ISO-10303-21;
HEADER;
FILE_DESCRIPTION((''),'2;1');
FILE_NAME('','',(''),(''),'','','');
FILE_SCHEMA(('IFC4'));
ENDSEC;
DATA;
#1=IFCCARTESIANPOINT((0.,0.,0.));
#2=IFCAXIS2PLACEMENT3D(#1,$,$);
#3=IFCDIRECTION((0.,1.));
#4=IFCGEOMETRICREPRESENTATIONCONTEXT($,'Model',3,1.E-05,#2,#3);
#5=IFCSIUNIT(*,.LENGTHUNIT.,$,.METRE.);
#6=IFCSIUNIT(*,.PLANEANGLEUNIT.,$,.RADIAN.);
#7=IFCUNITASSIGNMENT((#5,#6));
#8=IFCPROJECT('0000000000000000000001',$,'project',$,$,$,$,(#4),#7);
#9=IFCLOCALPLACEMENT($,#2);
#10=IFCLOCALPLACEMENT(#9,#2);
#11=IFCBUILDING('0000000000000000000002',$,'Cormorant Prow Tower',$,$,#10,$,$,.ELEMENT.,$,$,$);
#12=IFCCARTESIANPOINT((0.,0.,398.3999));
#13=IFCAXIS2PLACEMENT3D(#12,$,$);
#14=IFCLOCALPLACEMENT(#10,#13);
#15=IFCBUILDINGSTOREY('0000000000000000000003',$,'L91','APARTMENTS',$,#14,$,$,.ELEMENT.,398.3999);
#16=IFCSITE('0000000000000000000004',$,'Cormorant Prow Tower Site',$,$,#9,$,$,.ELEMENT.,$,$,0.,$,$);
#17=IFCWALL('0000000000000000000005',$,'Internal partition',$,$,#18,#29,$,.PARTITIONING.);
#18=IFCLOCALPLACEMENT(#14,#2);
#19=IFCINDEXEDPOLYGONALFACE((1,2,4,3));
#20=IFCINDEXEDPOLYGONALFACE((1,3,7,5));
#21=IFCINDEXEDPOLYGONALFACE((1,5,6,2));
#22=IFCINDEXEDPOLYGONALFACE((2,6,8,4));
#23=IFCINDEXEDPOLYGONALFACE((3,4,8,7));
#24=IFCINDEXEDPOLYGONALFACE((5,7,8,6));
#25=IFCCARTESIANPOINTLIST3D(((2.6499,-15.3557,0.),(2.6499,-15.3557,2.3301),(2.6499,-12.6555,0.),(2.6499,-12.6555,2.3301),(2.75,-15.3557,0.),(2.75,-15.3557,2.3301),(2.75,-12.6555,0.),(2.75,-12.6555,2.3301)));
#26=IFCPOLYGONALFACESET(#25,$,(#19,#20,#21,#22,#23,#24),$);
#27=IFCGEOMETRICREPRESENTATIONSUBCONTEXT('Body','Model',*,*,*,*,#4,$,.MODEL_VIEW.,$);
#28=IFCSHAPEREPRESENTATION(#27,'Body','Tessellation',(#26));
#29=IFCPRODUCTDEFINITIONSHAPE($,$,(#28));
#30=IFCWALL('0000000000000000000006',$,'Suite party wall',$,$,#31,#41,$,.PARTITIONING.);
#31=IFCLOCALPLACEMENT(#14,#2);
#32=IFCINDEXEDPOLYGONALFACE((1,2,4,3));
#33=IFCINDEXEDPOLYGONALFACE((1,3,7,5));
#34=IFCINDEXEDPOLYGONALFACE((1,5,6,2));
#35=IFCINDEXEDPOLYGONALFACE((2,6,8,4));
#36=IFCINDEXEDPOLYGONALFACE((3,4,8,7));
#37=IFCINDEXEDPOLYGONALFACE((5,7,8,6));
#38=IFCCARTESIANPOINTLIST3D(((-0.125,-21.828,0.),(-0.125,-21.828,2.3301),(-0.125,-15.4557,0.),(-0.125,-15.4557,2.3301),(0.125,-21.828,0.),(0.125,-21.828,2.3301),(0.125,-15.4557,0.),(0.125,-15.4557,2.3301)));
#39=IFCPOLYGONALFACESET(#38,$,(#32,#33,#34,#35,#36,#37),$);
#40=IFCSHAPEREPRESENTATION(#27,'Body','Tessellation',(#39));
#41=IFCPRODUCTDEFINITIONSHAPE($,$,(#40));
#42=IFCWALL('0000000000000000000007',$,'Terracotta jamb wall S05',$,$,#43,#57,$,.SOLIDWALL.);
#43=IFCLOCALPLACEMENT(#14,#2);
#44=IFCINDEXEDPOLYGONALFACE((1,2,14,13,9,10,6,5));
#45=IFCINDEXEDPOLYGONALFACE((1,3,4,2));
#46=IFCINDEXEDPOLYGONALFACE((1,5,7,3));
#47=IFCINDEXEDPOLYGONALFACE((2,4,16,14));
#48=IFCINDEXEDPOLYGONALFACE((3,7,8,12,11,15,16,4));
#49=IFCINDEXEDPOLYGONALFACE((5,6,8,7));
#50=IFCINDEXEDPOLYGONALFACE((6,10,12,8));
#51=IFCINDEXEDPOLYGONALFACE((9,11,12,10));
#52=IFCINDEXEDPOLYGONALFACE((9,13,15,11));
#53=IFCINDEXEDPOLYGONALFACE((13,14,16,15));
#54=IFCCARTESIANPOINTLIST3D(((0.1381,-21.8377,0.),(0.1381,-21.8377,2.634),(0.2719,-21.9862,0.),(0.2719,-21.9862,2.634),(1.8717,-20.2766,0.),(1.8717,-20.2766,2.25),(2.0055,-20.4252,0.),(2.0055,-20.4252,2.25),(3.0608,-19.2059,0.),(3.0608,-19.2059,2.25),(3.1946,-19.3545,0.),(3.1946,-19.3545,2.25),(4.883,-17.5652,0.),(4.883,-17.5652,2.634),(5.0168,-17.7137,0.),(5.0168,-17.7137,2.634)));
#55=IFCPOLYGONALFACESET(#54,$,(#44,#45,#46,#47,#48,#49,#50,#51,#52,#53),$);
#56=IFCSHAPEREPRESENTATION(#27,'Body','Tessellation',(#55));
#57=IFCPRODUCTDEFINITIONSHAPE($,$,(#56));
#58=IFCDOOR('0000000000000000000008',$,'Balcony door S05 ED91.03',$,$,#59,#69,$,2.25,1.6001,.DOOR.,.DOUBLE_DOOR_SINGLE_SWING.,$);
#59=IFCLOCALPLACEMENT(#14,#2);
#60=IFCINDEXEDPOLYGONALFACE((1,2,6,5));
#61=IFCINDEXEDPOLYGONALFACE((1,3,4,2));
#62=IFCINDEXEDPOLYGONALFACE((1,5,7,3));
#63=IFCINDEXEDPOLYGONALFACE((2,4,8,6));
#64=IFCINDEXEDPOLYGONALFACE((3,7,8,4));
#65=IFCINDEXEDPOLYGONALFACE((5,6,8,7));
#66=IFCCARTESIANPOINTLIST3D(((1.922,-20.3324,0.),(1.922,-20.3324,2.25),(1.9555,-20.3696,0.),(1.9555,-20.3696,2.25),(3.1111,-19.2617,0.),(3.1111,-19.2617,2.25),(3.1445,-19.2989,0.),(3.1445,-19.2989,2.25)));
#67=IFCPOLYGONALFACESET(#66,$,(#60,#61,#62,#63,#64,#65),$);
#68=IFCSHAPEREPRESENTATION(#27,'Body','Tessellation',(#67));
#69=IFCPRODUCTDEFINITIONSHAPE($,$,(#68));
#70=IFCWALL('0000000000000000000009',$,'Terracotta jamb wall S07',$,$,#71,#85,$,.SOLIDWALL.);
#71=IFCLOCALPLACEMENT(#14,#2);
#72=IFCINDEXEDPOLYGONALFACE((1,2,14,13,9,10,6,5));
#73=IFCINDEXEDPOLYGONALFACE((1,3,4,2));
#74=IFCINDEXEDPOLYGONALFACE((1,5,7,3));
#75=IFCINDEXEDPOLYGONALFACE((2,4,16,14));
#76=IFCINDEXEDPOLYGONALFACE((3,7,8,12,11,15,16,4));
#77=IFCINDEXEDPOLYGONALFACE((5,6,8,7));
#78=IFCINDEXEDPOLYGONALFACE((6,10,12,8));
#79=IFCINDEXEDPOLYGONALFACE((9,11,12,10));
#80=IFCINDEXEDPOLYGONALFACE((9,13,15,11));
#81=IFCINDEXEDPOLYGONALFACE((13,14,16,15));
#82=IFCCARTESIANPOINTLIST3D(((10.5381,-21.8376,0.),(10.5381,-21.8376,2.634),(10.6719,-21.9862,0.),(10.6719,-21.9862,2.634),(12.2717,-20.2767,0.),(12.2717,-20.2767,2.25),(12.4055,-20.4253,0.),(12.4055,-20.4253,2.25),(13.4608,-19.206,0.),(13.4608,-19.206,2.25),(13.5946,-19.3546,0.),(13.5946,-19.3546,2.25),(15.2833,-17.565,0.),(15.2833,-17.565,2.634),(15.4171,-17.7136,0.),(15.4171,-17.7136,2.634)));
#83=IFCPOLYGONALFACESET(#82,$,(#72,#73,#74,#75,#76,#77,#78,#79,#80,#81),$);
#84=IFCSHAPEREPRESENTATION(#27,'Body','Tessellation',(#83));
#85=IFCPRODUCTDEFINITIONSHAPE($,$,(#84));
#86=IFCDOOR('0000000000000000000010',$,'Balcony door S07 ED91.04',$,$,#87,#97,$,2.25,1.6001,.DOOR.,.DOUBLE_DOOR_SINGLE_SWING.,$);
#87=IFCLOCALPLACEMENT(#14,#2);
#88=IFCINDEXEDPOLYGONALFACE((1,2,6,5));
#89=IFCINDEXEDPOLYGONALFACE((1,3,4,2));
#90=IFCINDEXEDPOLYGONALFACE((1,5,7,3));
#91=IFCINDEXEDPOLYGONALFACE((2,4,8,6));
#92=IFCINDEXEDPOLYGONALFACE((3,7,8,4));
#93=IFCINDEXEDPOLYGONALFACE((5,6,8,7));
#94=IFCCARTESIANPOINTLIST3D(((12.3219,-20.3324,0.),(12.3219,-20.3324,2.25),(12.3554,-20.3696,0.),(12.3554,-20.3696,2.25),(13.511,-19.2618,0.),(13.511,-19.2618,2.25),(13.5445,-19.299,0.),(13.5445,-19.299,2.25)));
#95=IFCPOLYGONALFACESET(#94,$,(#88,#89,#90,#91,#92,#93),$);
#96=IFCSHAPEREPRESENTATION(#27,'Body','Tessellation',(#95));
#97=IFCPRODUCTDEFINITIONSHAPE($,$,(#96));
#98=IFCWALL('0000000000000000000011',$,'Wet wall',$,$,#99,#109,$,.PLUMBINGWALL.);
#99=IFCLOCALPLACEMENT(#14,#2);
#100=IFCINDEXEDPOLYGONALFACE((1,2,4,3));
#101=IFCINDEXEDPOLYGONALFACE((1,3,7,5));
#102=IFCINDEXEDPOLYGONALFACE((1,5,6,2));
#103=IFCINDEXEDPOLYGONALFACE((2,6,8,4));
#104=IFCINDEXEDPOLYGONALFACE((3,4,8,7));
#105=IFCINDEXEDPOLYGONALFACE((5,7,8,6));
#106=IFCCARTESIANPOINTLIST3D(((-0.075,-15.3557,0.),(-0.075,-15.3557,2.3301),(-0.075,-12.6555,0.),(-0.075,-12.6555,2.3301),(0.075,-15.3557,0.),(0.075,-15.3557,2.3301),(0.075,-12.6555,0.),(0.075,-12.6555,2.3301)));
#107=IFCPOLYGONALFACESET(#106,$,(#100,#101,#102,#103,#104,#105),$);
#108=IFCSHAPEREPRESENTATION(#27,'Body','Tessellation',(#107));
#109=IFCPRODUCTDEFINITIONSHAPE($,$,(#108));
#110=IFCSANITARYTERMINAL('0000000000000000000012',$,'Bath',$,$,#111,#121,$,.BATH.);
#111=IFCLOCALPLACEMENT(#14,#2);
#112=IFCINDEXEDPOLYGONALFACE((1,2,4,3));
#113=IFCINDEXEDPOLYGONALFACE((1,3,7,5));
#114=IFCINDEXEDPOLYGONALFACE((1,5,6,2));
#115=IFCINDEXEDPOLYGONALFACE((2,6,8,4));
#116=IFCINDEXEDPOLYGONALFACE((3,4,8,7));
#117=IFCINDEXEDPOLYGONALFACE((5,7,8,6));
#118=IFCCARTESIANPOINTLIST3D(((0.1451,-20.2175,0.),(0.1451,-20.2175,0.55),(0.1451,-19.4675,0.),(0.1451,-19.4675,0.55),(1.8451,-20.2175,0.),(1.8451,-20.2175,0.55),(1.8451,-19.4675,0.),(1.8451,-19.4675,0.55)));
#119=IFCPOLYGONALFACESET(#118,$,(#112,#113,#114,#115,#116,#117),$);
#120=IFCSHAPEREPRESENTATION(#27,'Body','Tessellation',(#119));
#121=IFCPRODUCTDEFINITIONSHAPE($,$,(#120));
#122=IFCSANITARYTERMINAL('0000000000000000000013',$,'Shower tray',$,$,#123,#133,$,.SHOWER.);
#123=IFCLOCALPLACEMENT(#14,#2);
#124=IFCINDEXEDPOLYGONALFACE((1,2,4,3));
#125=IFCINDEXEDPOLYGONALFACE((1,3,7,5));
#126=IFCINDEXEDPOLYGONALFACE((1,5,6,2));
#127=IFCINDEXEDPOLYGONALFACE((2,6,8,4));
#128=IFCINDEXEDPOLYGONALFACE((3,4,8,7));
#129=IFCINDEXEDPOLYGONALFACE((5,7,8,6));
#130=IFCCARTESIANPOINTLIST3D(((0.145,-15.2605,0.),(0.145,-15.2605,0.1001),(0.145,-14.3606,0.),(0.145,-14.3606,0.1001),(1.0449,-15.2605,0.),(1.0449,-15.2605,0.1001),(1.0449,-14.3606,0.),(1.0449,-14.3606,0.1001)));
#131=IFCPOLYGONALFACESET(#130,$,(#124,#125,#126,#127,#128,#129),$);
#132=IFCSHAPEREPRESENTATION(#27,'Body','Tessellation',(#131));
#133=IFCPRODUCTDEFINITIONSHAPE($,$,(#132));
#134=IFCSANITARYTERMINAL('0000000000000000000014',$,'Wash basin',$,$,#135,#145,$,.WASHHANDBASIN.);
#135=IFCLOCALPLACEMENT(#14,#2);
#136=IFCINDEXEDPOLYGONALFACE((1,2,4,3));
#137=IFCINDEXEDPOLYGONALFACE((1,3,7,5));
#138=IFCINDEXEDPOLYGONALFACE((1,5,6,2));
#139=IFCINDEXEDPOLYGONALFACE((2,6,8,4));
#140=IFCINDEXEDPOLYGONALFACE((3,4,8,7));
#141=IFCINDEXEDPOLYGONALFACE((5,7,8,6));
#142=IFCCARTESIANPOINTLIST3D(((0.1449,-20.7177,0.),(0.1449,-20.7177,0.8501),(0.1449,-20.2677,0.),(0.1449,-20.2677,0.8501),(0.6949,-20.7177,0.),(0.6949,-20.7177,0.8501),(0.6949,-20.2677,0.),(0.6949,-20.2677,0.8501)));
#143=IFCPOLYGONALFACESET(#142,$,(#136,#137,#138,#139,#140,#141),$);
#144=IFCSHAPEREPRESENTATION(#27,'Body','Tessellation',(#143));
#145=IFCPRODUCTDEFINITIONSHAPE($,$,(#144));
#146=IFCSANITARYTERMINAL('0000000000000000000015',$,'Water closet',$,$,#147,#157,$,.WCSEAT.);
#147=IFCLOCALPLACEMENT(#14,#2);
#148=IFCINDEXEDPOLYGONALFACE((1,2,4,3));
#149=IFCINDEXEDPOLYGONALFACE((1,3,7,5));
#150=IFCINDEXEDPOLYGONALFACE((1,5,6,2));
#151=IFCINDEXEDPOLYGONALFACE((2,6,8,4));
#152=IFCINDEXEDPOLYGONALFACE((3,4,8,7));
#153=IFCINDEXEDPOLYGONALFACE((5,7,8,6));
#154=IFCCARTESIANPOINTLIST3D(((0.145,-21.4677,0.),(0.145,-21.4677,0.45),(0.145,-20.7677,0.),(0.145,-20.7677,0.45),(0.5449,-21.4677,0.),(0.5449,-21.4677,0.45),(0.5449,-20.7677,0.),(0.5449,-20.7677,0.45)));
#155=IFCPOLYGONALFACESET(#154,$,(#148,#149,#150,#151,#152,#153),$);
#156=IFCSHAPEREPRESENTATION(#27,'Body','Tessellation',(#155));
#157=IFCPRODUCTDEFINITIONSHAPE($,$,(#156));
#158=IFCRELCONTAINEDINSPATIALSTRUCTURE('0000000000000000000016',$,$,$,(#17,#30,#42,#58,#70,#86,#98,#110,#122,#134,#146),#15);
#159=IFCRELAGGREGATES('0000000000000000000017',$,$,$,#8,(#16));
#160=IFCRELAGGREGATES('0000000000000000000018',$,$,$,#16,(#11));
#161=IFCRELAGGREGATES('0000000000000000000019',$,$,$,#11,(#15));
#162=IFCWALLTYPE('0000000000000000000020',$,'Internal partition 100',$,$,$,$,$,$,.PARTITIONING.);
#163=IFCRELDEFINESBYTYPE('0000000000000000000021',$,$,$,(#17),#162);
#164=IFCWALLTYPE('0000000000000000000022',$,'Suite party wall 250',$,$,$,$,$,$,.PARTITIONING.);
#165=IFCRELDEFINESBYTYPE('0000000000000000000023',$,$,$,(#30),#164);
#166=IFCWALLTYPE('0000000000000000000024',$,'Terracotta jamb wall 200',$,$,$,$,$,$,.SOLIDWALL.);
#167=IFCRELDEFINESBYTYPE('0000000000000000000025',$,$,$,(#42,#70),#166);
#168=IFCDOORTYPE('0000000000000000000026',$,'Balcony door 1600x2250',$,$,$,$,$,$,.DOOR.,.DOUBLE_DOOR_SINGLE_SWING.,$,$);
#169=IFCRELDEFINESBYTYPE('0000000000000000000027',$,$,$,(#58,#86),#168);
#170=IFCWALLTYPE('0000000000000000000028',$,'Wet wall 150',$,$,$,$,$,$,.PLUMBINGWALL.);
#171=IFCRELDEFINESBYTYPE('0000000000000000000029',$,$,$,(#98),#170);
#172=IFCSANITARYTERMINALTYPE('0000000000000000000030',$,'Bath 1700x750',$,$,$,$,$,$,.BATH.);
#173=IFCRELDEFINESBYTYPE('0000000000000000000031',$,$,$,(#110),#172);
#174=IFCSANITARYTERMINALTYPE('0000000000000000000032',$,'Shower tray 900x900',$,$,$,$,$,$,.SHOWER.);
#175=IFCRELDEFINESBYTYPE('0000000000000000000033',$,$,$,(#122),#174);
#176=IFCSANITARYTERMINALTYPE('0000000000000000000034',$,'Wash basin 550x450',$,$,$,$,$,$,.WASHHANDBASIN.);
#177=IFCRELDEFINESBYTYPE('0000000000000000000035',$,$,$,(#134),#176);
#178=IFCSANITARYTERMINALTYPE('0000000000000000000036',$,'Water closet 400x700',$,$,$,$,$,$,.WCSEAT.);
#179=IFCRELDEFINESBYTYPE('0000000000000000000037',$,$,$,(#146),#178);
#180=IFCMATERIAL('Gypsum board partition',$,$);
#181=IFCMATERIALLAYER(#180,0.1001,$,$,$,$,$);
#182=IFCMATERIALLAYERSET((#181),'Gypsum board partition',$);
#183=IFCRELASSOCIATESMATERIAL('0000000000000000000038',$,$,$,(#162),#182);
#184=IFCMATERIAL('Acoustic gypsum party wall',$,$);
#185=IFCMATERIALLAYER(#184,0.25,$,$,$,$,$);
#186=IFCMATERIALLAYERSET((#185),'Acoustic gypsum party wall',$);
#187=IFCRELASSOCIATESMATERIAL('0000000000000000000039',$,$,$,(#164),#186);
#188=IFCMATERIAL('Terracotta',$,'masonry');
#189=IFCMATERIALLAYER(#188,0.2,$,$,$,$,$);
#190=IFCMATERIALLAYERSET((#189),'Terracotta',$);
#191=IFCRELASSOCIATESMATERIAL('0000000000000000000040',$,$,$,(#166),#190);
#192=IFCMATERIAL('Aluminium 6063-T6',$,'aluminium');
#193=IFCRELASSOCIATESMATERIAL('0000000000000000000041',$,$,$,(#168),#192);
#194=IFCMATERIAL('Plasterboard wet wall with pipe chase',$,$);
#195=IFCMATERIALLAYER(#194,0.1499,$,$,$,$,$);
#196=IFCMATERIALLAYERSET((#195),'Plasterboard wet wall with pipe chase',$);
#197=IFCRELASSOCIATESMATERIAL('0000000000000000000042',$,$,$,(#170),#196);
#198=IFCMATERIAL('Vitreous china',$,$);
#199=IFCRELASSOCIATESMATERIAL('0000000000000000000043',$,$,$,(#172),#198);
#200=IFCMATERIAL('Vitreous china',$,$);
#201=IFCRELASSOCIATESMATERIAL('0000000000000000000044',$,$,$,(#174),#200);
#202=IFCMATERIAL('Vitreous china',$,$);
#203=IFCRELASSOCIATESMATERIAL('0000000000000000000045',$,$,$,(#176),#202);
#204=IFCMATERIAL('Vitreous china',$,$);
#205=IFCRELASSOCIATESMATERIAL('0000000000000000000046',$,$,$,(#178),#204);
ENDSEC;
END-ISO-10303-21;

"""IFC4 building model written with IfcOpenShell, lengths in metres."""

from ifc_helpers import new_model, si_unit, direction, frame, frame_2d, origin, origin_2d, place, context, subcontext, project, spatial, rectangle, extrude, material, layer, layer_set, type_object, element, fill, save


model = new_model("IFC4")

# Units and contexts
model_context = context("Model", 3, precision=1e-05, world=origin(), true_north=direction((0.0, 1.0)))
body_context = subcontext(model_context, "Body", "Model", "MODEL_VIEW")
ifc_project = project(units=[si_unit("LENGTHUNIT", "METRE"), si_unit("PLANEANGLEUNIT", "RADIAN")], contexts=[model_context])

# Site, building, storey
site_placement = place(None, origin())
site = spatial("IfcSite", under=ifc_project, at=site_placement, Name="Cormorant Prow Tower Site", CompositionType="ELEMENT", RefElevation=0.0)
building_placement = place(site_placement, origin())
building = spatial("IfcBuilding", under=site, at=building_placement, Name="Cormorant Prow Tower", CompositionType="ELEMENT")
storey_placement = place(building_placement, frame((0.0, 0.0, 398.3999)))
storey = spatial("IfcBuildingStorey", under=building, at=storey_placement, Name="L91", Description="APARTMENTS", CompositionType="ELEMENT", Elevation=398.3999)

# Shared definitions
ifc_material_1 = material(Name="Gypsum board partition")
ifc_layer_1 = layer(ifc_material_1, 0.1001)
ifc_layer_set_1 = layer_set([ifc_layer_1], Name="Gypsum board partition")
wall_type_1 = type_object("IfcWallType", Name="Internal partition 100", PredefinedType="PARTITIONING", material=ifc_layer_set_1)

# Walls
wall_1_placement = place(storey_placement, frame((2.7, -15.3557, 0.0), z_axis=(0.0, 0.0, 1.0), x_axis=(0.0, 1.0, 0.0)))
element("IfcWall", 1, at=wall_1_placement, inside=storey, type_object=wall_type_1, Name="Internal partition", PredefinedType="PARTITIONING", context=body_context, shape_type="SweptSolid", body=[
    extrude(rectangle(XDim=2.7002, YDim=0.1001, at=frame_2d((1.3501, 0.0))), origin(), (0.0, 0.0, 1.0), 2.3301),
])
ifc_material_2 = material(Name="Acoustic gypsum party wall")
ifc_layer_2 = layer(ifc_material_2, 0.25)
ifc_layer_set_2 = layer_set([ifc_layer_2], Name="Acoustic gypsum party wall")
wall_type_2 = type_object("IfcWallType", Name="Suite party wall 250", PredefinedType="PARTITIONING", material=ifc_layer_set_2)
wall_2_placement = place(storey_placement, frame((0.0, -21.8279, 0.0), z_axis=(0.0, 0.0, 1.0), x_axis=(0.0, 1.0, 0.0)))
element("IfcWall", 2, at=wall_2_placement, inside=storey, type_object=wall_type_2, Name="Suite party wall", PredefinedType="PARTITIONING", context=body_context, shape_type="SweptSolid", body=[
    extrude(rectangle(XDim=6.3723, YDim=0.25, at=frame_2d((3.186, 0.0))), origin(), (0.0, 0.0, 1.0), 2.3301),
])

# Walls, openings, doors
ifc_material_3 = material(Name="Terracotta", Category="masonry")
ifc_layer_3 = layer(ifc_material_3, 0.2)
ifc_layer_set_3 = layer_set([ifc_layer_3], Name="Terracotta")
wall_type_3 = type_object("IfcWallType", Name="Terracotta jamb wall 200", PredefinedType="SOLIDWALL", material=ifc_layer_set_3)
wall_3_placement = place(storey_placement, frame((0.2051, -21.9119, 0.0), z_axis=(0.0, 0.0, 1.0), x_axis=(0.743133, 0.669144, 0.0)))
wall_3 = element("IfcWall", 3, at=wall_3_placement, inside=storey, type_object=wall_type_3, Name="Terracotta jamb wall S05", PredefinedType="SOLIDWALL", context=body_context, shape_type="SweptSolid", body=[
    extrude(rectangle(XDim=6.385, YDim=0.2, at=frame_2d((3.1924, 0.0))), origin(), (0.0, 0.0, 1.0), 2.634),
])
opening_1_placement = place(wall_3_placement, frame((2.3328, 0.0, 0.0)))
opening_1 = element("IfcOpeningElement", 4, at=opening_1_placement, cuts=wall_3, PredefinedType="OPENING", context=body_context, shape_type="SweptSolid", body=[
    extrude(rectangle(XDim=1.6001, YDim=2.25, at=frame_2d((0.8, 1.125))), frame((0.0, 0.1099, 0.0), z_axis=(0.0, -1.0, 0.0), x_axis=(1.0, 0.0, 0.0)), (0.0, 0.0, 1.0), 0.22),
])
ifc_material_4 = material(Name="Aluminium 6063-T6", Category="aluminium")
door_type_1 = type_object("IfcDoorType", Name="Balcony door 1600x2250", OperationType="DOUBLE_DOOR_SINGLE_SWING", PredefinedType="DOOR", material=ifc_material_4)
door_1_placement = place(opening_1_placement, origin())
door_1 = element("IfcDoor", 5, at=door_1_placement, inside=storey, type_object=door_type_1, Name="Balcony door S05 ED91.03", OperationType="DOUBLE_DOOR_SINGLE_SWING", OverallHeight=2.25, OverallWidth=1.6001, PredefinedType="DOOR", context=body_context, shape_type="SweptSolid", body=[
    extrude(rectangle(XDim=1.6001, YDim=2.25, at=frame_2d((0.8, 1.125))), frame((0.0, 0.0249, 0.0), z_axis=(0.0, -1.0, 0.0), x_axis=(1.0, 0.0, 0.0)), (0.0, 0.0, 1.0), 0.05),
])
fill(opening_1, door_1)
wall_4_placement = place(storey_placement, frame((10.605, -21.9119, 0.0), z_axis=(0.0, 0.0, 1.0), x_axis=(0.74315, 0.669125, 0.0)))
wall_4 = element("IfcWall", 6, at=wall_4_placement, inside=storey, type_object=wall_type_3, Name="Terracotta jamb wall S07", PredefinedType="SOLIDWALL", context=body_context, shape_type="SweptSolid", body=[
    extrude(rectangle(XDim=6.3853, YDim=0.2, at=frame_2d((3.1926, 0.0))), origin(), (0.0, 0.0, 1.0), 2.634),
])
opening_2_placement = place(wall_4_placement, frame((2.3328, 0.0, 0.0)))
opening_2 = element("IfcOpeningElement", 7, at=opening_2_placement, cuts=wall_4, PredefinedType="OPENING", context=body_context, shape_type="SweptSolid", body=[
    extrude(rectangle(XDim=1.6001, YDim=2.25, at=frame_2d((0.8, 1.125))), frame((0.0, 0.1099, 0.0), z_axis=(0.0, -1.0, 0.0), x_axis=(1.0, 0.0, 0.0)), (0.0, 0.0, 1.0), 0.22),
])
door_2_placement = place(opening_2_placement, origin())
door_2 = element("IfcDoor", 8, at=door_2_placement, inside=storey, type_object=door_type_1, Name="Balcony door S07 ED91.04", OperationType="DOUBLE_DOOR_SINGLE_SWING", OverallHeight=2.25, OverallWidth=1.6001, PredefinedType="DOOR", context=body_context, shape_type="SweptSolid", body=[
    extrude(rectangle(XDim=1.6001, YDim=2.25, at=frame_2d((0.8, 1.125))), frame((0.0, 0.0249, 0.0), z_axis=(0.0, -1.0, 0.0), x_axis=(1.0, 0.0, 0.0)), (0.0, 0.0, 1.0), 0.05),
])
fill(opening_2, door_2)

# Wall
ifc_material_5 = material(Name="Plasterboard wet wall with pipe chase")
ifc_layer_4 = layer(ifc_material_5, 0.1499)
ifc_layer_set_4 = layer_set([ifc_layer_4], Name="Plasterboard wet wall with pipe chase")
wall_type_4 = type_object("IfcWallType", Name="Wet wall 150", PredefinedType="PLUMBINGWALL", material=ifc_layer_set_4)
wall_5_placement = place(storey_placement, frame((0.0, -15.3557, 0.0), z_axis=(0.0, 0.0, 1.0), x_axis=(0.0, 1.0, 0.0)))
element("IfcWall", 9, at=wall_5_placement, inside=storey, type_object=wall_type_4, Name="Wet wall", PredefinedType="PLUMBINGWALL", context=body_context, shape_type="SweptSolid", body=[
    extrude(rectangle(XDim=2.7002, YDim=0.1499, at=frame_2d((1.3501, 0.0))), origin(), (0.0, 0.0, 1.0), 2.3301),
])

# Sanitary terminals
ifc_material_6 = material(Name="Vitreous china")
sanitary_terminal_type_1 = type_object("IfcSanitaryTerminalType", Name="Bath 1700x750", PredefinedType="BATH", material=ifc_material_6)
sanitary_terminal_1_placement = place(storey_placement, frame((0.9951, -19.8425, 0.0), z_axis=(0.0, 0.0, 1.0), x_axis=(1.0, 0.0, 0.0)))
element("IfcSanitaryTerminal", 10, at=sanitary_terminal_1_placement, inside=storey, type_object=sanitary_terminal_type_1, Name="Bath", PredefinedType="BATH", context=body_context, shape_type="SweptSolid", body=[
    extrude(rectangle(XDim=1.7, YDim=0.75, at=origin_2d()), origin(), (0.0, 0.0, 1.0), 0.55),
])
ifc_material_7 = material(Name="Vitreous china")
sanitary_terminal_type_2 = type_object("IfcSanitaryTerminalType", Name="Shower tray 900x900", PredefinedType="SHOWER", material=ifc_material_7)
sanitary_terminal_2_placement = place(storey_placement, frame((0.595, -14.8105, 0.0), z_axis=(0.0, 0.0, 1.0), x_axis=(0.0, 1.0, 0.0)))
element("IfcSanitaryTerminal", 11, at=sanitary_terminal_2_placement, inside=storey, type_object=sanitary_terminal_type_2, Name="Shower tray", PredefinedType="SHOWER", context=body_context, shape_type="SweptSolid", body=[
    extrude(rectangle(XDim=0.8999, YDim=0.8999, at=origin_2d()), origin(), (0.0, 0.0, 1.0), 0.1001),
])
ifc_material_8 = material(Name="Vitreous china")
sanitary_terminal_type_3 = type_object("IfcSanitaryTerminalType", Name="Wash basin 550x450", PredefinedType="WASHHANDBASIN", material=ifc_material_8)
sanitary_terminal_3_placement = place(storey_placement, frame((0.4199, -20.4927, 0.0), z_axis=(0.0, 0.0, 1.0), x_axis=(1.0, 0.0, 0.0)))
element("IfcSanitaryTerminal", 12, at=sanitary_terminal_3_placement, inside=storey, type_object=sanitary_terminal_type_3, Name="Wash basin", PredefinedType="WASHHANDBASIN", context=body_context, shape_type="SweptSolid", body=[
    extrude(rectangle(XDim=0.55, YDim=0.45, at=origin_2d()), origin(), (0.0, 0.0, 1.0), 0.8501),
])
ifc_material_9 = material(Name="Vitreous china")
sanitary_terminal_type_4 = type_object("IfcSanitaryTerminalType", Name="Water closet 400x700", PredefinedType="WCSEAT", material=ifc_material_9)
sanitary_terminal_4_placement = place(storey_placement, frame((0.345, -21.1177, 0.0), z_axis=(0.0, 0.0, 1.0), x_axis=(1.0, 0.0, 0.0)))
element("IfcSanitaryTerminal", 13, at=sanitary_terminal_4_placement, inside=storey, type_object=sanitary_terminal_type_4, Name="Water closet", PredefinedType="WCSEAT", context=body_context, shape_type="SweptSolid", body=[
    extrude(rectangle(XDim=0.3999, YDim=0.7, at=origin_2d()), origin(), (0.0, 0.0, 1.0), 0.45),
])

save(model, "model.ifc")
